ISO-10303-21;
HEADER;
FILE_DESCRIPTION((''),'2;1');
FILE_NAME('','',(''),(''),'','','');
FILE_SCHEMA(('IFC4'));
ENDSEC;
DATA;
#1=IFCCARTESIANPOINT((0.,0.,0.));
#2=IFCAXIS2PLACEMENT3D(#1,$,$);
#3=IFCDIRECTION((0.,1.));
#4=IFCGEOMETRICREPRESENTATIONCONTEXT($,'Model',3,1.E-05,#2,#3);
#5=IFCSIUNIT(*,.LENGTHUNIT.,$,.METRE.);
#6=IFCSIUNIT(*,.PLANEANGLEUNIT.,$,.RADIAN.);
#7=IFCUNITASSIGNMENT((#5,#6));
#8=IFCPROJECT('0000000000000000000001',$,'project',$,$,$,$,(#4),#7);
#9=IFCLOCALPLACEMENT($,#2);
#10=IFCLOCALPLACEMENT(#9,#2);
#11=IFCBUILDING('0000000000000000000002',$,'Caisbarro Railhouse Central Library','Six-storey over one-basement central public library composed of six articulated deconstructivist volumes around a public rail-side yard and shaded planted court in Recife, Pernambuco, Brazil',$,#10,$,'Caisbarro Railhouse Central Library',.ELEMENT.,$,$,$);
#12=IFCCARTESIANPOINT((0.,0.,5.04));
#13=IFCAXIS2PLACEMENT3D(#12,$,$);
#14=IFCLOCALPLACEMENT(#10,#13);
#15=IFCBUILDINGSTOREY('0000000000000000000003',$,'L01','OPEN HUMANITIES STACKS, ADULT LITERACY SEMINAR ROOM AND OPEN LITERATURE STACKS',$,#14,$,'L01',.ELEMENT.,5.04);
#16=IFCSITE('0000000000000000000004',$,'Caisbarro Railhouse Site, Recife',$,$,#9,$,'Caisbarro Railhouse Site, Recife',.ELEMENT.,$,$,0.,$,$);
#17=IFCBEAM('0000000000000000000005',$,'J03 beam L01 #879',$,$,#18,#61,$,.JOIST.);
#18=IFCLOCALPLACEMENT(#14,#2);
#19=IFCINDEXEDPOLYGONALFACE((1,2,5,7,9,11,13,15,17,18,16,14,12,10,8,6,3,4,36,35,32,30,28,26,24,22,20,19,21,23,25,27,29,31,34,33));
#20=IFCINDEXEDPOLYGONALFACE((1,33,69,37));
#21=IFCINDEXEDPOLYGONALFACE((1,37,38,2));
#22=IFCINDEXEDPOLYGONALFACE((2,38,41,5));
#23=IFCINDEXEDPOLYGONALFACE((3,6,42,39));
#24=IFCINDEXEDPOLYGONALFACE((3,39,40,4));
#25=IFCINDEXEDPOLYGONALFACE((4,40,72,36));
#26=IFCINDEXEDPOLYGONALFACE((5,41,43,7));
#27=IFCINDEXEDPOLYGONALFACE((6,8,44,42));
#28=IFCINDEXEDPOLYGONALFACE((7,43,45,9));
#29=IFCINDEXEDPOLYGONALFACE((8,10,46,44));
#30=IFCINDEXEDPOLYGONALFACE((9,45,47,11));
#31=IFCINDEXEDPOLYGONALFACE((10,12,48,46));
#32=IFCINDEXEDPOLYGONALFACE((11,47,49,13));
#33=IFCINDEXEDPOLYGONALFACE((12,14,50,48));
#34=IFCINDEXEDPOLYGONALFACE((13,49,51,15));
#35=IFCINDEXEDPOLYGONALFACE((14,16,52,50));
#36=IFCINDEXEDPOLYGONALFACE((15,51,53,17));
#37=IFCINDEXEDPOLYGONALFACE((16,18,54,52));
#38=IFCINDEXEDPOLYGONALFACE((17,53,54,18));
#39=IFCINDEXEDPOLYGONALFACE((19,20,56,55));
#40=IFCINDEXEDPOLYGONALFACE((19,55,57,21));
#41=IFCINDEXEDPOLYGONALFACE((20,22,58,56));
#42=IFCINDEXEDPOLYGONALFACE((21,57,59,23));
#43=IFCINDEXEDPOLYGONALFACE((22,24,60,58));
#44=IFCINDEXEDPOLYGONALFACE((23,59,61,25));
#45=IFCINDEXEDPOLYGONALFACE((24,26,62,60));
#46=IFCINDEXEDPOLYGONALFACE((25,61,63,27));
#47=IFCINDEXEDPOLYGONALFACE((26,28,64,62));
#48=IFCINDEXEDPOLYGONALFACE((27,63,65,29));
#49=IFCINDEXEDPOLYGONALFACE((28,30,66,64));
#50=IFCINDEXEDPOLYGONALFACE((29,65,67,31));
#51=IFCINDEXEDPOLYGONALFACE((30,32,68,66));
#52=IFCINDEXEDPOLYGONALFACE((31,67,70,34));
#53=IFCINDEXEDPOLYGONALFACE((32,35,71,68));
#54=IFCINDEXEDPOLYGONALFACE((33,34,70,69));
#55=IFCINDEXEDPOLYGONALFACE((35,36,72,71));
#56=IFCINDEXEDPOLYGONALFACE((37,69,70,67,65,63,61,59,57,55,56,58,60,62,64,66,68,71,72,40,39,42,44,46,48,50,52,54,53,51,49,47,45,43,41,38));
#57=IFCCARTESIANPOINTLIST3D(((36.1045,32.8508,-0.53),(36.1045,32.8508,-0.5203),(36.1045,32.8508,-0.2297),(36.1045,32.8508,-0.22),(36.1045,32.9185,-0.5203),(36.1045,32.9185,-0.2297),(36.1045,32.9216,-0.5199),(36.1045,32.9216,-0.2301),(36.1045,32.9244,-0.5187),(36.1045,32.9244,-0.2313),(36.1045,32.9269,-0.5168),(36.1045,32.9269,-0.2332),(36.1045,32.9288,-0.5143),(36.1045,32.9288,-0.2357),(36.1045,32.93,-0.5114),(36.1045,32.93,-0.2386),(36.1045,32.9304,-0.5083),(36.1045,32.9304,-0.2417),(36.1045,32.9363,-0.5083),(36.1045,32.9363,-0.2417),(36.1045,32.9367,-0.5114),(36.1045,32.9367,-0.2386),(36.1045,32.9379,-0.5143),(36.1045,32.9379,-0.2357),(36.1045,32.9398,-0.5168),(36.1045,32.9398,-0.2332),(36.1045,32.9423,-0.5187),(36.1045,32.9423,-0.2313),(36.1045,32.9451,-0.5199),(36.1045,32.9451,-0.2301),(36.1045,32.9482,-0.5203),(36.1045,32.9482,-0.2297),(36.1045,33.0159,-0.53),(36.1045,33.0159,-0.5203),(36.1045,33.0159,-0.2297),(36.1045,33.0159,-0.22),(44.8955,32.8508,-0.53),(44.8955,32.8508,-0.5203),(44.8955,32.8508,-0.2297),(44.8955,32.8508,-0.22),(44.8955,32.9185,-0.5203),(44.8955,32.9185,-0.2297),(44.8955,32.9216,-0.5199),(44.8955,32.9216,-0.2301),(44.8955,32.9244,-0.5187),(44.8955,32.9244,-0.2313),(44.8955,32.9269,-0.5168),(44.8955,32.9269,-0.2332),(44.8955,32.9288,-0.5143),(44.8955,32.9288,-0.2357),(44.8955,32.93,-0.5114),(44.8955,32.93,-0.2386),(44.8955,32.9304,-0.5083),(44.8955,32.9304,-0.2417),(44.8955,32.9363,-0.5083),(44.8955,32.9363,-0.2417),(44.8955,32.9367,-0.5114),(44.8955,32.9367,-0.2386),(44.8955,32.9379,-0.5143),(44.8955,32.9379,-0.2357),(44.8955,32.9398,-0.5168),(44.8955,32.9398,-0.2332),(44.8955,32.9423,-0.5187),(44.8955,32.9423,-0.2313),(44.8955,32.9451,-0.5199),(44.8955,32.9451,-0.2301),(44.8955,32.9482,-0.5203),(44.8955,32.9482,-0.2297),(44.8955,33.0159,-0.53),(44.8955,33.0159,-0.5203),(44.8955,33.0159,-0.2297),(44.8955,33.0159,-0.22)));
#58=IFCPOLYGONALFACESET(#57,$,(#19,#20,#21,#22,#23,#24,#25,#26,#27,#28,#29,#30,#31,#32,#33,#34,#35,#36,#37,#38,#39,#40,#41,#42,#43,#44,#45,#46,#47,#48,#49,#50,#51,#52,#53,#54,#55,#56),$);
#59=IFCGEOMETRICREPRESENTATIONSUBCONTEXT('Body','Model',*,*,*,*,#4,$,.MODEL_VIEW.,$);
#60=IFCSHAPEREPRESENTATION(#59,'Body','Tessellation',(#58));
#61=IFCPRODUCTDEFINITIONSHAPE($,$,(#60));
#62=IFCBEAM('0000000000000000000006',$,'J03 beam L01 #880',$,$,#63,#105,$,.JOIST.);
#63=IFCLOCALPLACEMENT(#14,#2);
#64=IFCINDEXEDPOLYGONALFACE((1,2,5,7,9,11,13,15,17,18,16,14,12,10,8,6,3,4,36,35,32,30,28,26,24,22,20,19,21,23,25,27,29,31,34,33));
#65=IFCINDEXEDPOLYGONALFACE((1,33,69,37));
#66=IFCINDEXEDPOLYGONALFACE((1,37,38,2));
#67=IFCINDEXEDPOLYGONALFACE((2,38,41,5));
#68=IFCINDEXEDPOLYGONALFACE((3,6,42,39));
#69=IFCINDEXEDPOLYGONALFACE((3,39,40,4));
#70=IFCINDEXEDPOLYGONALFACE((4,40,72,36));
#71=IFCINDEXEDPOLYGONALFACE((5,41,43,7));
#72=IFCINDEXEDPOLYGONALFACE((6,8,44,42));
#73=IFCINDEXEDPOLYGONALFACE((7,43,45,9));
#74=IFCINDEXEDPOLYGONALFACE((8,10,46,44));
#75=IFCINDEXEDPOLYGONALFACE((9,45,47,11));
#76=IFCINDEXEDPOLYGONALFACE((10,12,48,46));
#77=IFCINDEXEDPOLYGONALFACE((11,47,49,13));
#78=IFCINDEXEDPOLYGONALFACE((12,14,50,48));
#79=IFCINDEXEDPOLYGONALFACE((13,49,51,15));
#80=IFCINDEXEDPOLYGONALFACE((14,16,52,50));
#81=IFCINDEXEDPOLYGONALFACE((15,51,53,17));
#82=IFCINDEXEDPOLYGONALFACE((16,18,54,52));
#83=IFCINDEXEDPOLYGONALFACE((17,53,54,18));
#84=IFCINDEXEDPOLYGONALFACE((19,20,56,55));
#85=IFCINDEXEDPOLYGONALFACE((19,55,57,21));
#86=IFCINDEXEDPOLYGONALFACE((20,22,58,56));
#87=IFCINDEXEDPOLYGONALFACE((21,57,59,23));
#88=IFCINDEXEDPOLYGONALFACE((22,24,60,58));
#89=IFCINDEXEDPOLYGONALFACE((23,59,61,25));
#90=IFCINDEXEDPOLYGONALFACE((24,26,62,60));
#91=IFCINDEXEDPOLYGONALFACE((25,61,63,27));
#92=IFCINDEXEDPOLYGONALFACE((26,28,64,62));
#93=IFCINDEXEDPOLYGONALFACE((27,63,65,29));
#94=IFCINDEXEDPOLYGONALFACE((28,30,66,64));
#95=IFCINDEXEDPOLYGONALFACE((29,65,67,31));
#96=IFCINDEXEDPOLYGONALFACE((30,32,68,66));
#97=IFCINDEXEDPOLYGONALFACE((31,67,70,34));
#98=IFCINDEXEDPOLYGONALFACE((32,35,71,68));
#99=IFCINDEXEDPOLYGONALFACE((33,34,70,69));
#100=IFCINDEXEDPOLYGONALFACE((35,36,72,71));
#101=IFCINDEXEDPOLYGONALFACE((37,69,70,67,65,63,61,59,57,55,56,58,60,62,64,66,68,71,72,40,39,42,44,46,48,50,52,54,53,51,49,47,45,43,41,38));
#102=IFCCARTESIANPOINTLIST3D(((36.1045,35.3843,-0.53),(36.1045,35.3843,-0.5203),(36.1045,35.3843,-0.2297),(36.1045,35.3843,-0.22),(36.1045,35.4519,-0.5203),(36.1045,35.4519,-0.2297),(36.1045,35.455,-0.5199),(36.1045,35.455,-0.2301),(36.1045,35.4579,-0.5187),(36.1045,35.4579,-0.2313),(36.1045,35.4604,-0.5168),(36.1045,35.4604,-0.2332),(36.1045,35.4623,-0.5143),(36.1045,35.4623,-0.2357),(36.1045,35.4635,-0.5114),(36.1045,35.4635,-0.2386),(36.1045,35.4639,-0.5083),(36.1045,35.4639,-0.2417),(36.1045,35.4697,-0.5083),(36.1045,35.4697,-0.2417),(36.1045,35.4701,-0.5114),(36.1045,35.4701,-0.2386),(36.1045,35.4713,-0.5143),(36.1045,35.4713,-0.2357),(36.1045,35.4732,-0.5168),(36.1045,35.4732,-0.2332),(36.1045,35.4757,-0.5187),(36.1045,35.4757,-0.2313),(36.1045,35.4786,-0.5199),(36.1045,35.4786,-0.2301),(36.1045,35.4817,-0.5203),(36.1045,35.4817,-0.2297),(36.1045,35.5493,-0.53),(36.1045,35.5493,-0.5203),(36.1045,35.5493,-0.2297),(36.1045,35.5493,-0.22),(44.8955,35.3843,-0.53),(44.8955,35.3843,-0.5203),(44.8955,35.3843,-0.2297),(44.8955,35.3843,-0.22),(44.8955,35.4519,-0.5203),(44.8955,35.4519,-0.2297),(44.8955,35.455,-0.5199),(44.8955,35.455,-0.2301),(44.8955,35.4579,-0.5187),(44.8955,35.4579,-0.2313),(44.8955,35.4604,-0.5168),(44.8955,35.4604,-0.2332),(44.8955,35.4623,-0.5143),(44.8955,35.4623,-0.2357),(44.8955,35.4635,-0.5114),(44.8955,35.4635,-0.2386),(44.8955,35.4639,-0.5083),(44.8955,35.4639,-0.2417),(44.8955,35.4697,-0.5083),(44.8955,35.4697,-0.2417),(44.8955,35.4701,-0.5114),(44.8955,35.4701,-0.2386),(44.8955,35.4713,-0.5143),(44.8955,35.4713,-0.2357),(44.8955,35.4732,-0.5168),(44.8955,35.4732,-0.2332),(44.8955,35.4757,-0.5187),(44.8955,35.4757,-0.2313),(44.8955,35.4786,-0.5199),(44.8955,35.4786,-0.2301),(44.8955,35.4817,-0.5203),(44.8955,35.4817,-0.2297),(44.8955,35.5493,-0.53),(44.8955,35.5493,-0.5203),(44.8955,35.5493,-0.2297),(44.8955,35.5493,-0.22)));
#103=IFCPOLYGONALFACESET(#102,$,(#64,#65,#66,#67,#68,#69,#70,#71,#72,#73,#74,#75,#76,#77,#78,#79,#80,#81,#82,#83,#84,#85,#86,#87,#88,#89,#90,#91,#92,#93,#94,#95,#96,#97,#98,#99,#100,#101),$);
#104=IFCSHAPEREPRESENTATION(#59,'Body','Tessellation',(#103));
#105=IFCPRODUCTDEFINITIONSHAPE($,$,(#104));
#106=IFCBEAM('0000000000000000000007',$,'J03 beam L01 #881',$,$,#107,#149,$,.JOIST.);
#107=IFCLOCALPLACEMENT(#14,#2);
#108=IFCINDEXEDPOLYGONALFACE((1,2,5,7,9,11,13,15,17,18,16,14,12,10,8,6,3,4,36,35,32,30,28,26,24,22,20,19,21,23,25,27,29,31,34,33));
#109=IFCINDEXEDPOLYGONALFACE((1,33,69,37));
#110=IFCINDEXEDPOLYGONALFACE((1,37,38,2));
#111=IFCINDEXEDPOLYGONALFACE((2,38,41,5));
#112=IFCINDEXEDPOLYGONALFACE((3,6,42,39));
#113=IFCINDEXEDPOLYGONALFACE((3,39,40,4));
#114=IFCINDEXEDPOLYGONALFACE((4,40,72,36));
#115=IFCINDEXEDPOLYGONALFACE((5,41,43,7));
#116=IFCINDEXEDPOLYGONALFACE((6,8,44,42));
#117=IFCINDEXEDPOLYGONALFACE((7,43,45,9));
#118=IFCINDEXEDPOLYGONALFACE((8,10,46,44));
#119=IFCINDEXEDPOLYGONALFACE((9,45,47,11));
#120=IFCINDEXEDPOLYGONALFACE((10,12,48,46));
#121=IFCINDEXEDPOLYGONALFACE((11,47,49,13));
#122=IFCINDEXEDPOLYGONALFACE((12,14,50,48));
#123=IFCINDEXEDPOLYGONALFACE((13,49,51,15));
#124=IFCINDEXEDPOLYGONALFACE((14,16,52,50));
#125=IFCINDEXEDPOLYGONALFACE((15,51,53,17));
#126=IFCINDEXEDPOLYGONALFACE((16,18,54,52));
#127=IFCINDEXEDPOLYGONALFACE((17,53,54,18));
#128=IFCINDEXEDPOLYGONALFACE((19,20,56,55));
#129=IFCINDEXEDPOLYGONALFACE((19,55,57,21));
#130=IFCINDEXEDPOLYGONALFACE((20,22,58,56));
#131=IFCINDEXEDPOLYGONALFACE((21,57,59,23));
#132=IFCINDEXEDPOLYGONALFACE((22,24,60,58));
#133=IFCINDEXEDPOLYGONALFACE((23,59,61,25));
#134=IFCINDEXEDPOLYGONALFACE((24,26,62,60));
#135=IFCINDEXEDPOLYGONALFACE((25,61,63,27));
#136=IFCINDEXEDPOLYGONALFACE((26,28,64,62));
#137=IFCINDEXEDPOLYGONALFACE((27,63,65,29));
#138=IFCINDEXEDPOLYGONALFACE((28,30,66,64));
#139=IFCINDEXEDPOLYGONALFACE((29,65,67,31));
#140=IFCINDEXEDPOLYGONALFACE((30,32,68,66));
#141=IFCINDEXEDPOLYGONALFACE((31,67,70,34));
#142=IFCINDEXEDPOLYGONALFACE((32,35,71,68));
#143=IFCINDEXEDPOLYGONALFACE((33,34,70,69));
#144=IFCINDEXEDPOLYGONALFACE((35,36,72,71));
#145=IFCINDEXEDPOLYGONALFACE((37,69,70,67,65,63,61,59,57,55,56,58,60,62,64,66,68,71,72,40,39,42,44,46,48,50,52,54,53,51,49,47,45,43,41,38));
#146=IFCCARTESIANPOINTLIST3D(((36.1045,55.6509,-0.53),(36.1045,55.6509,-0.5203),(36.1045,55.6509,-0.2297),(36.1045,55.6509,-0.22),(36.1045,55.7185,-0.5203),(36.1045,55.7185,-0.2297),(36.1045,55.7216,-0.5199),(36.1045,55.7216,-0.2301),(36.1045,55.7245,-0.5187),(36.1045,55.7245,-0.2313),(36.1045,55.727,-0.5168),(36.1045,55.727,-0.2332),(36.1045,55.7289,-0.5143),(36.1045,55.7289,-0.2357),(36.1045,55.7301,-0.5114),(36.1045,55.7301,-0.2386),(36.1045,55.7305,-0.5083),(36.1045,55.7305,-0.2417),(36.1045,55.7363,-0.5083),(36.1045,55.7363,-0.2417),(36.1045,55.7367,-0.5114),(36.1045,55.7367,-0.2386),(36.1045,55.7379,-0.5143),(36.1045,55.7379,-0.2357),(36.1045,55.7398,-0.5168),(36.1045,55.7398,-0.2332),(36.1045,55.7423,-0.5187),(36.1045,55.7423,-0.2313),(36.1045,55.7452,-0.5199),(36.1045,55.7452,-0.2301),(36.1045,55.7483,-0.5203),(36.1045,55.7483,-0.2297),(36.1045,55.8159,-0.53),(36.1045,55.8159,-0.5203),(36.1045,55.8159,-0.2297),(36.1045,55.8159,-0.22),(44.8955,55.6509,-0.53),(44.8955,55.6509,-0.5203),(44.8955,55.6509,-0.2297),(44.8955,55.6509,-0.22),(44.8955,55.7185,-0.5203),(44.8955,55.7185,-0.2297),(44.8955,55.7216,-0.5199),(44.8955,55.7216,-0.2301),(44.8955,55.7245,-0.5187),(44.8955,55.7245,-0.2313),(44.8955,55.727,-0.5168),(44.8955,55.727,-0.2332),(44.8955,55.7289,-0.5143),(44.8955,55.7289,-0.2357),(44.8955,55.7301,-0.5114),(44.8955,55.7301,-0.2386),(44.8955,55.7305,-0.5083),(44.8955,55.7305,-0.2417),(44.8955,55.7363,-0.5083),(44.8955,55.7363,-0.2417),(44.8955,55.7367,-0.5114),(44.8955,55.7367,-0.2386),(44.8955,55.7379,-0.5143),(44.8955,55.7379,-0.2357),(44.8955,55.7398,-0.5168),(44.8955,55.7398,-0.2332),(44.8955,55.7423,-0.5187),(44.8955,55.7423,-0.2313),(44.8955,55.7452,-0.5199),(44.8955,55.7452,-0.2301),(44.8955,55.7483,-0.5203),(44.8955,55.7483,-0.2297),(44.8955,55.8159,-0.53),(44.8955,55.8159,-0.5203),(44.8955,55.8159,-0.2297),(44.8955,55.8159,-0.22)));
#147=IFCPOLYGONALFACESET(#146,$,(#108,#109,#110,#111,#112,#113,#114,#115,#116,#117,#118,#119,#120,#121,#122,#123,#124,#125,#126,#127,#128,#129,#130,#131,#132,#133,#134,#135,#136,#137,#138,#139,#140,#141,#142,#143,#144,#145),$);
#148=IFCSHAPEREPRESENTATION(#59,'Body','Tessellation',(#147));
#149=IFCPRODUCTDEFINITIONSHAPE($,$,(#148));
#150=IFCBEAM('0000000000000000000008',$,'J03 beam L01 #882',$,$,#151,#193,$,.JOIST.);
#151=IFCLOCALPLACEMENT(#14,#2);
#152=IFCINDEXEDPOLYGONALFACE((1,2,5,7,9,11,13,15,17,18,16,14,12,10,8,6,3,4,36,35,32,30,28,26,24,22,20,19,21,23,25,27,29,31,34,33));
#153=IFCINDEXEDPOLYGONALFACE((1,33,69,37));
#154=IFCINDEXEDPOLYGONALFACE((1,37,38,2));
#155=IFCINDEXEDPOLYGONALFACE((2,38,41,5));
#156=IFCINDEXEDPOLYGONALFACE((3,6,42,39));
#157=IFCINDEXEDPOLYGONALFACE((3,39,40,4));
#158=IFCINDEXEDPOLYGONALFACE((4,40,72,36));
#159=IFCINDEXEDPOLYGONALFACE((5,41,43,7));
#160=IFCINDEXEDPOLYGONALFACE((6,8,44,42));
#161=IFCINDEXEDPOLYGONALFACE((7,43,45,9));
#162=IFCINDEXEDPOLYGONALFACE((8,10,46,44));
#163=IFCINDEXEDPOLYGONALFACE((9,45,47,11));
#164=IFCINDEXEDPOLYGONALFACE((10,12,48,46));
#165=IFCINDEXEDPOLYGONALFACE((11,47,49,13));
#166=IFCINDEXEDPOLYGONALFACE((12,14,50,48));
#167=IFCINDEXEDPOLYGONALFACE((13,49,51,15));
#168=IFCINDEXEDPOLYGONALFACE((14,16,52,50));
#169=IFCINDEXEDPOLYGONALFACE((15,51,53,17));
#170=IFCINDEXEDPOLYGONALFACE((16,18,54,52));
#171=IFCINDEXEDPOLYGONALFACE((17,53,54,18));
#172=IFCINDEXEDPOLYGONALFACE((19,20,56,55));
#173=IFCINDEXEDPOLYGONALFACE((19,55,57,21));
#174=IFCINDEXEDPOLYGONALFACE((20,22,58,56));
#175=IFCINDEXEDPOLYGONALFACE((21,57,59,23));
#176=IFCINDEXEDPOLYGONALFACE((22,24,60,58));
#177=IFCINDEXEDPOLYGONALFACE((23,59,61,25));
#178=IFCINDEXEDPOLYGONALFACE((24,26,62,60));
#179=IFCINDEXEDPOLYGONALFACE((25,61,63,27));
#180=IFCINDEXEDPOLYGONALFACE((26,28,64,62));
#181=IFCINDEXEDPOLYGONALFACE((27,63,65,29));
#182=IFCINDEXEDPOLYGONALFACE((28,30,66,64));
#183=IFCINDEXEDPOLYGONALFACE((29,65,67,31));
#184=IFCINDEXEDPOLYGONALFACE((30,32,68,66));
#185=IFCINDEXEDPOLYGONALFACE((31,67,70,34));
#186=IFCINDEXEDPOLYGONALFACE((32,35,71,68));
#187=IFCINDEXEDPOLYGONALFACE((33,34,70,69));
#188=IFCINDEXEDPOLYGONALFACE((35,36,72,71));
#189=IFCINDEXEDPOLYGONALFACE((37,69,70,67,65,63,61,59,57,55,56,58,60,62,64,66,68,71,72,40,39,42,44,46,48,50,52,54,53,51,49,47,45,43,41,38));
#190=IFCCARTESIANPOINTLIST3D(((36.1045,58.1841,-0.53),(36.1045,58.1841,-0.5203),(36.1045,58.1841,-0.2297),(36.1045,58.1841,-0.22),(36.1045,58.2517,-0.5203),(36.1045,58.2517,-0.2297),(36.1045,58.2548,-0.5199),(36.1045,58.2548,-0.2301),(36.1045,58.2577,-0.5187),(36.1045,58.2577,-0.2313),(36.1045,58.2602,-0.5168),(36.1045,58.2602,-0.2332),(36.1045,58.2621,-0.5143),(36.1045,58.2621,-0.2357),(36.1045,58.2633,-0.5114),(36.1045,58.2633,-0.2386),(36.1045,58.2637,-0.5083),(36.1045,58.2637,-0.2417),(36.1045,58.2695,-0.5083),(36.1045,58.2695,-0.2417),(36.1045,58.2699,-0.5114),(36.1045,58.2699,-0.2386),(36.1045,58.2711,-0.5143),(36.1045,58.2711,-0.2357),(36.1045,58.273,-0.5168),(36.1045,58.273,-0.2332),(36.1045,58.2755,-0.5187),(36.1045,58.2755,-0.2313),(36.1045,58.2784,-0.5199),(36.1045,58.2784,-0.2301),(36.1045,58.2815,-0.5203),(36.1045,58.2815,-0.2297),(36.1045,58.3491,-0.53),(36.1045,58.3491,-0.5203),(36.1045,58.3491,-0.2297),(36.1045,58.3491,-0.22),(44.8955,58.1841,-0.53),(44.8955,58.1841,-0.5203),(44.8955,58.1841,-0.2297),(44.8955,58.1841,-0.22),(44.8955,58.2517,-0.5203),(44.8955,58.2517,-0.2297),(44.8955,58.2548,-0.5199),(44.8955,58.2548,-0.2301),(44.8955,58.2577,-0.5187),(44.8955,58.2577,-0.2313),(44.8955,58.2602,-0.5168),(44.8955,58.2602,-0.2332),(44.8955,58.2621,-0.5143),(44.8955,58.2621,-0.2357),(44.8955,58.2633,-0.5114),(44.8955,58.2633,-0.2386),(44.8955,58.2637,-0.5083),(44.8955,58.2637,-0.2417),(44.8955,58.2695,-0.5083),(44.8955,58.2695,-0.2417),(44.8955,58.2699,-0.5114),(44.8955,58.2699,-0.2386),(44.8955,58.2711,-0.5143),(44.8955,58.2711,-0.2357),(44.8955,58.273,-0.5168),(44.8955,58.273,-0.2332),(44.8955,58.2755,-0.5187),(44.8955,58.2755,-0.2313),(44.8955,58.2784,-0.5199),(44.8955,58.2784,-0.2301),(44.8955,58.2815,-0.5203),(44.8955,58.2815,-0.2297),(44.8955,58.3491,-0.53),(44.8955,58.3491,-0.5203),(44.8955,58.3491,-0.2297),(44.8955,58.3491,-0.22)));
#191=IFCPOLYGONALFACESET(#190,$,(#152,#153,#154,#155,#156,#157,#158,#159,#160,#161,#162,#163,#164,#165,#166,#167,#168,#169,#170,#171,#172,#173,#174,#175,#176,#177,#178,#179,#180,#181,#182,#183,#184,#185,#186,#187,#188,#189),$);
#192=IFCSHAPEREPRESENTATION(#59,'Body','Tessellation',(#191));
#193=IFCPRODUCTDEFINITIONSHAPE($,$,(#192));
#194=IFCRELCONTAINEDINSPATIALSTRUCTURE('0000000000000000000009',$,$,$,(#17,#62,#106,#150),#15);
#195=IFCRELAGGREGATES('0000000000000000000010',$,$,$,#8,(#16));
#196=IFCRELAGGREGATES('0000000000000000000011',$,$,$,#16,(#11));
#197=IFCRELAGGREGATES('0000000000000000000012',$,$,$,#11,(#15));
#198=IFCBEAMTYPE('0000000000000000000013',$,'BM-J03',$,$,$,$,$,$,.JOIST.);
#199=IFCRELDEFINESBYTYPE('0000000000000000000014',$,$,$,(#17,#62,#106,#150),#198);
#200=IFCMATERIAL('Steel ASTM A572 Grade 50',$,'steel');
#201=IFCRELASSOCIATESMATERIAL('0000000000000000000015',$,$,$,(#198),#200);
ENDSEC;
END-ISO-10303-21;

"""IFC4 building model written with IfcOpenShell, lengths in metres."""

from ifc_helpers import new_model, si_unit, direction, frame, origin, origin_2d, place, context, subcontext, project, spatial, i_section, extrude, material, material_profile, profile_set, type_object, element, save


model = new_model("IFC4")

# Units and contexts
model_context = context("Model", 3, precision=1e-05, world=origin(), true_north=direction((0.0, 1.0)))
body_context = subcontext(model_context, "Body", "Model", "MODEL_VIEW")
ifc_project = project(units=[si_unit("LENGTHUNIT", "METRE"), si_unit("PLANEANGLEUNIT", "RADIAN")], contexts=[model_context])

# Site, building, storey
site_placement = place(None, origin())
site = spatial("IfcSite", under=ifc_project, at=site_placement, Name="Caisbarro Railhouse Site, Recife", LongName="Caisbarro Railhouse Site, Recife", CompositionType="ELEMENT", RefElevation=0.0)
building_placement = place(site_placement, origin())
building = spatial("IfcBuilding", under=site, at=building_placement, Name="Caisbarro Railhouse Central Library", Description="Six-storey over one-basement central public library composed of six articulated deconstructivist volumes around a public rail-side yard and shaded planted court in Recife, Pernambuco, Brazil", LongName="Caisbarro Railhouse Central Library", CompositionType="ELEMENT")
storey_placement = place(building_placement, frame((0.0, 0.0, 5.04)))
storey = spatial("IfcBuildingStorey", under=building, at=storey_placement, Name="L01", Description="OPEN HUMANITIES STACKS, ADULT LITERACY SEMINAR ROOM AND OPEN LITERATURE STACKS", LongName="L01", CompositionType="ELEMENT", Elevation=5.04)

# Shared definitions
ifc_material = material(Name="Steel ASTM A572 Grade 50", Category="steel")

# Beams
ifc_material_profile_1 = material_profile(ifc_material, i_section(OverallWidth=0.165, OverallDepth=0.3101, WebThickness=0.0059, FlangeThickness=0.0098, FilletRadius=0.012, at=origin_2d()), Name="W310X38.7")
ifc_profile_set_1 = profile_set([ifc_material_profile_1], Name="Steel ASTM A572 Grade 50")
beam_type_1 = type_object("IfcBeamType", Name="BM-J03", PredefinedType="JOIST", material=ifc_profile_set_1)
for number, where, z_axis, x_axis, name in (
    (1, (36.1045, 32.9333, -0.375), (1.0, 0.0, 0.0), (0.0, 1.0, 0.0), "J03 beam L01 #879"),
    (2, (36.1045, 35.4668, -0.375), (1.0, 0.0, 0.0), (0.0, 1.0, 0.0), "J03 beam L01 #880"),
    (3, (36.1045, 55.7334, -0.375), (1.0, 0.0, 0.0), (0.0, 1.0, 0.0), "J03 beam L01 #881"),
    (4, (36.1045, 58.2666, -0.375), (1.0, 0.0, 0.0), (0.0, 1.0, 0.0), "J03 beam L01 #882"),
):
    element("IfcBeam", number, at=place(storey_placement, frame(where, z_axis=z_axis, x_axis=x_axis)), inside=storey, type_object=beam_type_1, Name=name, PredefinedType="JOIST", context=body_context, shape_type="SweptSolid", body=[
        extrude(i_section(OverallWidth=0.165, OverallDepth=0.3101, WebThickness=0.0059, FlangeThickness=0.0098, FilletRadius=0.012, at=origin_2d()), origin(), (0.0, 0.0, 1.0), 8.791),
    ])

save(model, "model.ifc")
